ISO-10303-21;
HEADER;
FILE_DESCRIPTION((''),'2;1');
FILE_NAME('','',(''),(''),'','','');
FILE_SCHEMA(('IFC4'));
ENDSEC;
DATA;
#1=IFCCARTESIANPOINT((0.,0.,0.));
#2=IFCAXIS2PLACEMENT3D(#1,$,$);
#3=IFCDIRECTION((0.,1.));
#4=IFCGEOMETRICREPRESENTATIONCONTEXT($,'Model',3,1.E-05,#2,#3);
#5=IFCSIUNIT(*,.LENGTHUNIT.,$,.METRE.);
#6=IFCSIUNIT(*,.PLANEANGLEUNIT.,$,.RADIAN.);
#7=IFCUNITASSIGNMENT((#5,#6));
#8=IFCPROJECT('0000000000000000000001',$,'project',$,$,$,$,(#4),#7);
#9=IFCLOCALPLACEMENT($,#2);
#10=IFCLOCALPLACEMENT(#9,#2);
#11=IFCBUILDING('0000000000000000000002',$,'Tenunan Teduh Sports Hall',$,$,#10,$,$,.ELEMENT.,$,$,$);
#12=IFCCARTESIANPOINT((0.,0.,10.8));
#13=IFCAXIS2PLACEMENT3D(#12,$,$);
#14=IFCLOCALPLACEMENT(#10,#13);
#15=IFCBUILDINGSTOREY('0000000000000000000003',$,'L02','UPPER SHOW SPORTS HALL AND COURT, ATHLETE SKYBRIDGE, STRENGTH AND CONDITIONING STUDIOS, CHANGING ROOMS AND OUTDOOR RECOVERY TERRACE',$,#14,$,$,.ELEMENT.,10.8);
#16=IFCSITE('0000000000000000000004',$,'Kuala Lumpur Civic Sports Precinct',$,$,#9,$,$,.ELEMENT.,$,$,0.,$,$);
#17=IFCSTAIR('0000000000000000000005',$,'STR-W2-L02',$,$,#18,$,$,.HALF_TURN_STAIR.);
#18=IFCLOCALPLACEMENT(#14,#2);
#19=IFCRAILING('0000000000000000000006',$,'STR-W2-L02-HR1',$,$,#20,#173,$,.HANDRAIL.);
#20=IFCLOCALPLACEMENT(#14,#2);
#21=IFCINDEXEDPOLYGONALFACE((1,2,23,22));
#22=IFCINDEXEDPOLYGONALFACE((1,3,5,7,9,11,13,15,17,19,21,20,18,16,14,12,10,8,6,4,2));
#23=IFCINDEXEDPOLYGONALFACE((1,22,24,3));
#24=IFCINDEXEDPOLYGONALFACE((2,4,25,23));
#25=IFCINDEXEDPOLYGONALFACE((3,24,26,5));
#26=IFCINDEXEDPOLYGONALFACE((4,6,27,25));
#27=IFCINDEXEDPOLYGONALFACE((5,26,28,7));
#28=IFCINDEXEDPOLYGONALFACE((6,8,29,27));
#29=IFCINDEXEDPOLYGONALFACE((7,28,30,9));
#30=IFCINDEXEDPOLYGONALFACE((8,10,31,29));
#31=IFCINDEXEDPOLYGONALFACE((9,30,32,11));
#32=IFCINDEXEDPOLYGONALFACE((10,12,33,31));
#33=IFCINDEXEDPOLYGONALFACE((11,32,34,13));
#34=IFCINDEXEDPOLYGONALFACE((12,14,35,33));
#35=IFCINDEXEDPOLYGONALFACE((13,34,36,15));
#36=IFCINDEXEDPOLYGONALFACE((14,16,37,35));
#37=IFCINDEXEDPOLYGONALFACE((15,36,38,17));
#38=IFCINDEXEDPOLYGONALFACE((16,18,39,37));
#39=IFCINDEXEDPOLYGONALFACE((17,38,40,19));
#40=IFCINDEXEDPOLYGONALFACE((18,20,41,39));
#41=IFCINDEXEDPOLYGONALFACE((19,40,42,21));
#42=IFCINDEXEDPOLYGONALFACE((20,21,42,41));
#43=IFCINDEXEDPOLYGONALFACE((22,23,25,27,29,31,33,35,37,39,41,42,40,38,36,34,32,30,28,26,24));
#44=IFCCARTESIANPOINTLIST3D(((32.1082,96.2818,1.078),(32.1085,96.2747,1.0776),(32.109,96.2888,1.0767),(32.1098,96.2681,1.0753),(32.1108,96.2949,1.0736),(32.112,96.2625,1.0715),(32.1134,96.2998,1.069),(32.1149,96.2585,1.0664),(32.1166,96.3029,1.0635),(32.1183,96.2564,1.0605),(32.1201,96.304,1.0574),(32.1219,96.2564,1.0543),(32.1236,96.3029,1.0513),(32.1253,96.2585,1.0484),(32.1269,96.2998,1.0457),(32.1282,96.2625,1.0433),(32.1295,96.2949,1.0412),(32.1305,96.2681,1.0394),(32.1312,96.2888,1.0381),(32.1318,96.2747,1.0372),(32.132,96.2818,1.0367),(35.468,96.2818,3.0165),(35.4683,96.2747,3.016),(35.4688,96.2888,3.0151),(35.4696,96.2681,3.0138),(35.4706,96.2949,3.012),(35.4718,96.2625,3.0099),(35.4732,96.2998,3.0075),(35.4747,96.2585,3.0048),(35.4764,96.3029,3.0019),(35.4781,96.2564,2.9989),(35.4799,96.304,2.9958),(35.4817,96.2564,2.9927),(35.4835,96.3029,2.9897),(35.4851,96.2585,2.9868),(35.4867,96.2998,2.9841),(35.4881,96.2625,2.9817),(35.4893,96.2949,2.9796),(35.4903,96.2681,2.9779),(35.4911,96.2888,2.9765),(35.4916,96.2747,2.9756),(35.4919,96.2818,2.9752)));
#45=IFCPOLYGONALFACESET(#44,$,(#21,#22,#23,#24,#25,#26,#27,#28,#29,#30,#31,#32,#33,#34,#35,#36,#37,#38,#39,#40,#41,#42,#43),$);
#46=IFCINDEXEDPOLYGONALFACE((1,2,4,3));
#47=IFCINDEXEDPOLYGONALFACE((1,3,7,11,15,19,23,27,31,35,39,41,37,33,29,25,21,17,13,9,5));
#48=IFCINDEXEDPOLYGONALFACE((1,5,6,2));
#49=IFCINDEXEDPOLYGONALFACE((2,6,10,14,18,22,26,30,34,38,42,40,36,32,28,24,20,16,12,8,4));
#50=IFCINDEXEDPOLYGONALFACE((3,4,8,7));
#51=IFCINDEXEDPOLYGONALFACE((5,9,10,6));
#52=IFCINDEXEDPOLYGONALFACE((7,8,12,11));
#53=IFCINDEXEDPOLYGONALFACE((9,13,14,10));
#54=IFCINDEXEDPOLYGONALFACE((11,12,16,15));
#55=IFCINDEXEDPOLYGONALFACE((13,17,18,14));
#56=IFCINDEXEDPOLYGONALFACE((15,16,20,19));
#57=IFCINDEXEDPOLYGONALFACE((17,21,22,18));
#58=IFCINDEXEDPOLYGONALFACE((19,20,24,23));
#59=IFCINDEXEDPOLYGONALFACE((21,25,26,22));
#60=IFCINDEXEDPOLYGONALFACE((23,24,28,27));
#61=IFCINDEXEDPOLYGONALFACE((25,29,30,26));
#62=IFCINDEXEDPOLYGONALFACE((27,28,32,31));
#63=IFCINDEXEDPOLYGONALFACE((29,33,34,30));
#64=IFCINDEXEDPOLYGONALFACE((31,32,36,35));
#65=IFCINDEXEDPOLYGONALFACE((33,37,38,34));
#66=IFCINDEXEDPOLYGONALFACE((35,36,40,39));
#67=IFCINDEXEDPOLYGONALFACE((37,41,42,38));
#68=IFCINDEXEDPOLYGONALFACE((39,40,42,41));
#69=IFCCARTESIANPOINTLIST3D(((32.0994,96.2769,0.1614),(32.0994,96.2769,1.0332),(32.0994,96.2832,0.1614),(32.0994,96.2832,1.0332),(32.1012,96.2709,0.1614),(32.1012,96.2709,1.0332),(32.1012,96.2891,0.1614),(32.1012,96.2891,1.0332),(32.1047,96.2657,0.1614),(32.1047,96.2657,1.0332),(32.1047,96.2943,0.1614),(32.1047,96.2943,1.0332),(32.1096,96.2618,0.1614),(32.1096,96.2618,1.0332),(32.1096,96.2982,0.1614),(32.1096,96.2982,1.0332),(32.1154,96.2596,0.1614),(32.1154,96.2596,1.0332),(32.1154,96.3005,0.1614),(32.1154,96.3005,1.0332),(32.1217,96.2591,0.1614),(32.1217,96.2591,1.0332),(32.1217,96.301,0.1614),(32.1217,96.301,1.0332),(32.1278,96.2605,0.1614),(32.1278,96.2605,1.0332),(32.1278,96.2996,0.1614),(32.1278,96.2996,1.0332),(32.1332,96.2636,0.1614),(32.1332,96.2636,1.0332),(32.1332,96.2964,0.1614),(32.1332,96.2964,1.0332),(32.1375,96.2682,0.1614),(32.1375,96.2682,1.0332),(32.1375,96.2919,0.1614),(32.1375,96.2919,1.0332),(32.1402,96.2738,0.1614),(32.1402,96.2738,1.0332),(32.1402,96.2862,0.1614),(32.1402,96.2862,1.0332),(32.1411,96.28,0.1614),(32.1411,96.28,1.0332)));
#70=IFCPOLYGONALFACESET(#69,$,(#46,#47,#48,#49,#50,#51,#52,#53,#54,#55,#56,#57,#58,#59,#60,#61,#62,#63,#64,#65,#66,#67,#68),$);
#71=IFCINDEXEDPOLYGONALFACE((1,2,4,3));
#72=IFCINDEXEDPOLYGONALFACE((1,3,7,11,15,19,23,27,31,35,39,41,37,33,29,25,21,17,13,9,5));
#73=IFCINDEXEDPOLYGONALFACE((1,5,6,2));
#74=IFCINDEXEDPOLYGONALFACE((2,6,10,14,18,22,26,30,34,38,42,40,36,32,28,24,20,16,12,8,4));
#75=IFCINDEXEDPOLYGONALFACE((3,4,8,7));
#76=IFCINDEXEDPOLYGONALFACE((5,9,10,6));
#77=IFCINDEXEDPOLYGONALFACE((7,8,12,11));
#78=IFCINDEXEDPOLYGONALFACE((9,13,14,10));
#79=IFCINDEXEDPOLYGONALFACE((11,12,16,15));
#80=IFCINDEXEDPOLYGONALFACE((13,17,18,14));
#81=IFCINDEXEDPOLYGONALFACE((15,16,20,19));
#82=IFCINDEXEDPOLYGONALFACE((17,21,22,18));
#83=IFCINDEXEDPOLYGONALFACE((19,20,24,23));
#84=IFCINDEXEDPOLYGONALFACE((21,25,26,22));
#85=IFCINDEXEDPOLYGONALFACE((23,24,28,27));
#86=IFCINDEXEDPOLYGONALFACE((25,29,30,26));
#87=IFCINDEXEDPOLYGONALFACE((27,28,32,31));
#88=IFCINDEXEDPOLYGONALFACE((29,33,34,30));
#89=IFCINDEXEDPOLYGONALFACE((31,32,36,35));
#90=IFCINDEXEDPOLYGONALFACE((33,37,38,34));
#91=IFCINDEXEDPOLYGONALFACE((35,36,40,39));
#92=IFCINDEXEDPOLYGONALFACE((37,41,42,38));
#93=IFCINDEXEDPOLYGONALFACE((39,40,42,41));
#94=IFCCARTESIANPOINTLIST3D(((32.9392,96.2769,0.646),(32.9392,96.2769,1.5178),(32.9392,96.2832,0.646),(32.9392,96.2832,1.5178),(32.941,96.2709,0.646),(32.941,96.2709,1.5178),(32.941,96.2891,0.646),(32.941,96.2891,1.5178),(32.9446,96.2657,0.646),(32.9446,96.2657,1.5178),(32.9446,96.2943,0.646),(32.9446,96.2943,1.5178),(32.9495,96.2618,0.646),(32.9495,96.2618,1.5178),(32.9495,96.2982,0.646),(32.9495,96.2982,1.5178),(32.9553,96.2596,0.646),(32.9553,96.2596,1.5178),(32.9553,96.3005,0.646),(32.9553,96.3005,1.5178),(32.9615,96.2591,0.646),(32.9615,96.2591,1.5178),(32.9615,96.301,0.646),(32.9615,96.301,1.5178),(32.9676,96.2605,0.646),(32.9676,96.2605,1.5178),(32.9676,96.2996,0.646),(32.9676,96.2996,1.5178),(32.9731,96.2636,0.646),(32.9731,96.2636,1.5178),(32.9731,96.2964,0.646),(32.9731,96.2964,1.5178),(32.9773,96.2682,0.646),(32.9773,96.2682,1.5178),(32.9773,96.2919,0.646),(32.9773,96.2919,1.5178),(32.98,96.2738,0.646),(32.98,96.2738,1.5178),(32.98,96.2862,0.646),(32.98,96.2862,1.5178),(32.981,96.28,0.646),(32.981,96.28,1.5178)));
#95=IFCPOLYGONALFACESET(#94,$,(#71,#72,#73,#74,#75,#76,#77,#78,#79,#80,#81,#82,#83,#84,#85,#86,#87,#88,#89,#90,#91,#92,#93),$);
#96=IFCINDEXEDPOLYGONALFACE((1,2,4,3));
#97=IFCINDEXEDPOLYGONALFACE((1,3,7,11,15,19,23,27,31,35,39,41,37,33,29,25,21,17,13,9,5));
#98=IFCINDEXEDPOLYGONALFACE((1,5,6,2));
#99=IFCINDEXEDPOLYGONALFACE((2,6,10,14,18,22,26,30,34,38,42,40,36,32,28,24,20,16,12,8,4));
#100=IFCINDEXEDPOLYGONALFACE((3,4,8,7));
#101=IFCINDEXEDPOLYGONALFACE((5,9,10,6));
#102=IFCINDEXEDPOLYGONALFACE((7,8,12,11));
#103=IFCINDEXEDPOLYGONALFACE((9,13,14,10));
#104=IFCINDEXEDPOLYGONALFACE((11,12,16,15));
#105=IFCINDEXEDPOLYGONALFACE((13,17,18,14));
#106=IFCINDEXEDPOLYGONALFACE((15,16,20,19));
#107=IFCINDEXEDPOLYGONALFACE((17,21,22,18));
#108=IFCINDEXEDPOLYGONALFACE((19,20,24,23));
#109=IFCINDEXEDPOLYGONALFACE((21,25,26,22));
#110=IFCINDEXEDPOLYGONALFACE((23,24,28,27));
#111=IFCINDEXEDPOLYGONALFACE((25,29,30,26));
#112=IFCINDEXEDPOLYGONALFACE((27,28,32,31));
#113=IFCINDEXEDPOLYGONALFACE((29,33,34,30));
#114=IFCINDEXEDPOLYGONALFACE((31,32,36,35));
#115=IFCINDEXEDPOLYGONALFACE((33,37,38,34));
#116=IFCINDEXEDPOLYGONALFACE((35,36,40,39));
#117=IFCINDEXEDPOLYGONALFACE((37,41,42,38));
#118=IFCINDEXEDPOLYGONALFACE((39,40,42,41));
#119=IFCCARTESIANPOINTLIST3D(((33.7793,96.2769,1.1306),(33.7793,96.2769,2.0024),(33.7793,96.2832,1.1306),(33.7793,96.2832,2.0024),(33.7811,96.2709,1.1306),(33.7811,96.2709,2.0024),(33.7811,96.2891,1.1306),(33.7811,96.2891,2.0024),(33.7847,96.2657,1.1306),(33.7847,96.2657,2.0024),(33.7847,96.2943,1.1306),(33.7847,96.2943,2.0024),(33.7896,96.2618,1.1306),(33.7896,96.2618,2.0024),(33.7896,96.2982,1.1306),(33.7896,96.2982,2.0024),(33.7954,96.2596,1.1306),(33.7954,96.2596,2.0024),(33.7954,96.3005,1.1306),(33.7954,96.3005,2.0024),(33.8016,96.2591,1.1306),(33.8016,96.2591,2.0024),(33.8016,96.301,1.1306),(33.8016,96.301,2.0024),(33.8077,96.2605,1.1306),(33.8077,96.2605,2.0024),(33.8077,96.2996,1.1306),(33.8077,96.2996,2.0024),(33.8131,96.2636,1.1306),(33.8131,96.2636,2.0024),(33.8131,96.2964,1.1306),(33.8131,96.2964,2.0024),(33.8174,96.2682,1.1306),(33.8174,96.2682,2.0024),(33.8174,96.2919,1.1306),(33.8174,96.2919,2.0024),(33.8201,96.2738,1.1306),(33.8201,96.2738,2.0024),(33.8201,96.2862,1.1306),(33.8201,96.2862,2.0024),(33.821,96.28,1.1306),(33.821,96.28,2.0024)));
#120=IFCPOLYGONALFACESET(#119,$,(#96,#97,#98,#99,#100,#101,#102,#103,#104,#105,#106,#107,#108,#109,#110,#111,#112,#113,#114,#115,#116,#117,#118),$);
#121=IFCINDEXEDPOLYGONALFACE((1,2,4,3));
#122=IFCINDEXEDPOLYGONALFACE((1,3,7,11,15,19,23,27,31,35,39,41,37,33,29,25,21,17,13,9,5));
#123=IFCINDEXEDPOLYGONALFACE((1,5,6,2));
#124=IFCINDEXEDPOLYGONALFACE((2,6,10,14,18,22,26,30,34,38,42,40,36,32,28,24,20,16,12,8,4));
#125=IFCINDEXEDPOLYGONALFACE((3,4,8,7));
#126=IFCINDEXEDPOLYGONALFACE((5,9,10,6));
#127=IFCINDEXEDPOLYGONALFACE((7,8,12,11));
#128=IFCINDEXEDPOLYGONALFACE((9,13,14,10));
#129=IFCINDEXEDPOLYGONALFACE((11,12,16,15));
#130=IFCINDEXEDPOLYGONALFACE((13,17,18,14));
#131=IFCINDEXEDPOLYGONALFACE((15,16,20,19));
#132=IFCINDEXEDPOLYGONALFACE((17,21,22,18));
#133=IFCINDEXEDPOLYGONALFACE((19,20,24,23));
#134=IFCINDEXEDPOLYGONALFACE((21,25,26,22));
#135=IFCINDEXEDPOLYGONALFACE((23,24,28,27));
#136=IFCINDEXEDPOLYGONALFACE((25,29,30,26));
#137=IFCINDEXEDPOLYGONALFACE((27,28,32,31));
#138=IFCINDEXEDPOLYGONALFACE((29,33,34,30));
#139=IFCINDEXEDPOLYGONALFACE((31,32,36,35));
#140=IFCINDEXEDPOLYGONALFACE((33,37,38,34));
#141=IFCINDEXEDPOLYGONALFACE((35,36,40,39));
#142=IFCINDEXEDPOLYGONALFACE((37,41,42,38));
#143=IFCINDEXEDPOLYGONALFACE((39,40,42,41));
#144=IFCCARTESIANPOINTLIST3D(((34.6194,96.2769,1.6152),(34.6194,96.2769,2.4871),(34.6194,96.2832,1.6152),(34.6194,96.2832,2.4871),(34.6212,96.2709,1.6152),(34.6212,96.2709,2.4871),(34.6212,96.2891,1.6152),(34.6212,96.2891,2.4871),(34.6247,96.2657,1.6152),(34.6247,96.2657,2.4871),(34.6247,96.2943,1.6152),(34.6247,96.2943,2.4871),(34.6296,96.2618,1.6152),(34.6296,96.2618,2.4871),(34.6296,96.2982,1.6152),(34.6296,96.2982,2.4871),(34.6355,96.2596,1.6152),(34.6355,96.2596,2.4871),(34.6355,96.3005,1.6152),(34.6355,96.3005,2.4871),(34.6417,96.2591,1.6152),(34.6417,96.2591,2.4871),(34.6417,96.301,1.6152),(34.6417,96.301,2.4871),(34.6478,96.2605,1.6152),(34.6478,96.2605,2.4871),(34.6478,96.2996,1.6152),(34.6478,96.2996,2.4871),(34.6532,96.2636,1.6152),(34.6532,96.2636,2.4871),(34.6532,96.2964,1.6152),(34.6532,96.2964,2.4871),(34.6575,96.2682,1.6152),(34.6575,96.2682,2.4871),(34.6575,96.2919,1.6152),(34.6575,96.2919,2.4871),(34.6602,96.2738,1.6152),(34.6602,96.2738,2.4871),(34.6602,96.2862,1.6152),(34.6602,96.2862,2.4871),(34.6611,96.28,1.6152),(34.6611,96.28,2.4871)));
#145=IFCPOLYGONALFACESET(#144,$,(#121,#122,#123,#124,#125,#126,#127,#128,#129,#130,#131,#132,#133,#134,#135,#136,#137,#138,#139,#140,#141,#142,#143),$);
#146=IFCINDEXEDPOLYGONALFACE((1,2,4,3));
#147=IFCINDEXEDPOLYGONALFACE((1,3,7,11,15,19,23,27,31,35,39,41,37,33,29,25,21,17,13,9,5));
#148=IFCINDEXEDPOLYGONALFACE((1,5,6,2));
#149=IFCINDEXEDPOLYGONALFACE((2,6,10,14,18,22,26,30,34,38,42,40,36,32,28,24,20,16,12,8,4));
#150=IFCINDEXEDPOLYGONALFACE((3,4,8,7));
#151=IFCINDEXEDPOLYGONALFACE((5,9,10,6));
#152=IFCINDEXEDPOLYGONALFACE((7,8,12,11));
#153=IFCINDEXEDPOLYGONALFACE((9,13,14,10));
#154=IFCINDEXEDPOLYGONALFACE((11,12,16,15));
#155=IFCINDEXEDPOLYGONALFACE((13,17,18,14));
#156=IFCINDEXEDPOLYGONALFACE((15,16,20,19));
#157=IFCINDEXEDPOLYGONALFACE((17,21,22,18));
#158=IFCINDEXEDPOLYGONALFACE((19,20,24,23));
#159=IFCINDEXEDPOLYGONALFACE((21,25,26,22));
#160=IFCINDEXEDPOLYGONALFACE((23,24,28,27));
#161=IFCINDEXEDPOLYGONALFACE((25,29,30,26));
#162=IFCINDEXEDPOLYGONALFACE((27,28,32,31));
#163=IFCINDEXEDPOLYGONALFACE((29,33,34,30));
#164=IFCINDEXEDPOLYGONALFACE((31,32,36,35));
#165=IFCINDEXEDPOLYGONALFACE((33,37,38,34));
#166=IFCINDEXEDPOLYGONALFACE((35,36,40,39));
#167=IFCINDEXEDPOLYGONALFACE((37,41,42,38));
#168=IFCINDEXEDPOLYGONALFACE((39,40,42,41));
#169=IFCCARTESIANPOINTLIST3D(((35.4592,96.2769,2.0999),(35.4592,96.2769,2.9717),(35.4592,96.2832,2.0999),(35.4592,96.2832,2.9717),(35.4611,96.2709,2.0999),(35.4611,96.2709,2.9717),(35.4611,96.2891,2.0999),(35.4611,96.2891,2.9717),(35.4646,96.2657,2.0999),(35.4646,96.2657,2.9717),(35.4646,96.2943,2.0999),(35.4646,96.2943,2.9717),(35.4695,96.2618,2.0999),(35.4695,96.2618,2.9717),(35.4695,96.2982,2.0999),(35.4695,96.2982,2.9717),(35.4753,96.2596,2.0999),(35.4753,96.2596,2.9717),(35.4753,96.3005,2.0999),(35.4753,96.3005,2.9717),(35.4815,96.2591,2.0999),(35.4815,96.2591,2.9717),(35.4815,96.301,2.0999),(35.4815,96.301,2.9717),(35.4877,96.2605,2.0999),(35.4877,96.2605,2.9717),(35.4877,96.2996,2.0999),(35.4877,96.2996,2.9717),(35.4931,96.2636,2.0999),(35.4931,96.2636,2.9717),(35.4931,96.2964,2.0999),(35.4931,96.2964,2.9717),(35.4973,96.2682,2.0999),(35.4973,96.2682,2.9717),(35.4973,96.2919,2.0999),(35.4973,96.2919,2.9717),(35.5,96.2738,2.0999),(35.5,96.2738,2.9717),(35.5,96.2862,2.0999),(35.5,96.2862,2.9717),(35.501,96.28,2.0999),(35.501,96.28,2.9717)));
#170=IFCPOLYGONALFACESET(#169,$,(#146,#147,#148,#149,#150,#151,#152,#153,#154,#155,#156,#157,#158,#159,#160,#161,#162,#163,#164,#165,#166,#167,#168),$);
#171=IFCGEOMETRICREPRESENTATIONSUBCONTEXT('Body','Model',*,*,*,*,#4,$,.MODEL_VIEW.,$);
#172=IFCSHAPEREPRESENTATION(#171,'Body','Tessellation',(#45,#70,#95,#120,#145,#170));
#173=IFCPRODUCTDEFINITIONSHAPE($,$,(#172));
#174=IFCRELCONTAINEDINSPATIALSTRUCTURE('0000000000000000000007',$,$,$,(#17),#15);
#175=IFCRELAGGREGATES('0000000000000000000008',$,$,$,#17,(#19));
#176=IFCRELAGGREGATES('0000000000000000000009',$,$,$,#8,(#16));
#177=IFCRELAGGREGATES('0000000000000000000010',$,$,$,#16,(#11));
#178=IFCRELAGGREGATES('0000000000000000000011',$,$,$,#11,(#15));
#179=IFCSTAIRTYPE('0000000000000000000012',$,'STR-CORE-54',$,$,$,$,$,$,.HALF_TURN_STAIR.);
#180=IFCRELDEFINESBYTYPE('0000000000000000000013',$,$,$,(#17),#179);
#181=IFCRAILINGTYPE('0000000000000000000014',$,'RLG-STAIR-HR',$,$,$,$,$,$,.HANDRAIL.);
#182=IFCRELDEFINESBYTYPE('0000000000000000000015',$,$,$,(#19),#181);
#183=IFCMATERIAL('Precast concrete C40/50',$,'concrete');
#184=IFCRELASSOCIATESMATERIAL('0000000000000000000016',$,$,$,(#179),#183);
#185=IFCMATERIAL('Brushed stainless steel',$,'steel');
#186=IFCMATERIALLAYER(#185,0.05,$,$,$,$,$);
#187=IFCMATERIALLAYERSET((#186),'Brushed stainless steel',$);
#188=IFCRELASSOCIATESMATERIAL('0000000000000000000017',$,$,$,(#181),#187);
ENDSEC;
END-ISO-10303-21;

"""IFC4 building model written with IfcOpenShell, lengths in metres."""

from ifc_helpers import new_model, si_unit, direction, frame, origin, origin_2d, place, context, subcontext, project, spatial, circle, extrude, material, layer, layer_set, type_object, element, aggregate, save


model = new_model("IFC4")

# Units and contexts
model_context = context("Model", 3, precision=1e-05, world=origin(), true_north=direction((0.0, 1.0)))
body_context = subcontext(model_context, "Body", "Model", "MODEL_VIEW")
ifc_project = project(units=[si_unit("LENGTHUNIT", "METRE"), si_unit("PLANEANGLEUNIT", "RADIAN")], contexts=[model_context])

# Site, building, storey
site_placement = place(None, origin())
site = spatial("IfcSite", under=ifc_project, at=site_placement, Name="Kuala Lumpur Civic Sports Precinct", CompositionType="ELEMENT", RefElevation=0.0)
building_placement = place(site_placement, origin())
building = spatial("IfcBuilding", under=site, at=building_placement, Name="Tenunan Teduh Sports Hall", CompositionType="ELEMENT")
storey_placement = place(building_placement, frame((0.0, 0.0, 10.8)))
storey = spatial("IfcBuildingStorey", under=building, at=storey_placement, Name="L02", Description="UPPER SHOW SPORTS HALL AND COURT, ATHLETE SKYBRIDGE, STRENGTH AND CONDITIONING STUDIOS, CHANGING ROOMS AND OUTDOOR RECOVERY TERRACE", CompositionType="ELEMENT", Elevation=10.8)

# Stair
ifc_material_1 = material(Name="Precast concrete C40/50", Category="concrete")
stair_type = type_object("IfcStairType", Name="STR-CORE-54", PredefinedType="HALF_TURN_STAIR", material=ifc_material_1)
stair_placement = place(storey_placement, origin())
stair = element("IfcStair", 1, at=stair_placement, inside=storey, type_object=stair_type, Name="STR-W2-L02", PredefinedType="HALF_TURN_STAIR")

# Railing
ifc_material_2 = material(Name="Brushed stainless steel", Category="steel")
ifc_layer_1 = layer(ifc_material_2, 0.05)
ifc_layer_set_1 = layer_set([ifc_layer_1], Name="Brushed stainless steel")
railing_type_1 = type_object("IfcRailingType", Name="RLG-STAIR-HR", PredefinedType="HANDRAIL", material=ifc_layer_set_1)
railing_1_placement = place(storey_placement, frame((32.1201, 96.28, 0.1614)))
railing_1 = element("IfcRailing", 2, at=railing_1_placement, type_object=railing_type_1, Name="STR-W2-L02-HR1", PredefinedType="HANDRAIL", context=body_context, shape_type="SweptSolid", body=[
    extrude(circle(Radius=0.0239, at=origin_2d()), frame((0.0, 0.0, 0.896), z_axis=(0.866175, 0.0, 0.499741), x_axis=(0.0, 1.0, 0.0)), (0.0, 0.0, 1.0), 3.8789),
    extrude(circle(Radius=0.021, at=origin_2d()), origin(), (0.0, 0.0, 1.0), 0.8718),
    extrude(circle(Radius=0.021, at=origin_2d()), frame((0.8398, 0.0, 0.4846)), (0.0, 0.0, 1.0), 0.8718),
    extrude(circle(Radius=0.021, at=origin_2d()), frame((1.6799, 0.0, 0.9692)), (0.0, 0.0, 1.0), 0.8718),
    extrude(circle(Radius=0.021, at=origin_2d()), frame((2.52, 0.0, 1.4539)), (0.0, 0.0, 1.0), 0.8718),
    extrude(circle(Radius=0.021, at=origin_2d()), frame((3.3599, 0.0, 1.9385)), (0.0, 0.0, 1.0), 0.8718),
])
aggregate(stair, [railing_1])

save(model, "model.ifc")
